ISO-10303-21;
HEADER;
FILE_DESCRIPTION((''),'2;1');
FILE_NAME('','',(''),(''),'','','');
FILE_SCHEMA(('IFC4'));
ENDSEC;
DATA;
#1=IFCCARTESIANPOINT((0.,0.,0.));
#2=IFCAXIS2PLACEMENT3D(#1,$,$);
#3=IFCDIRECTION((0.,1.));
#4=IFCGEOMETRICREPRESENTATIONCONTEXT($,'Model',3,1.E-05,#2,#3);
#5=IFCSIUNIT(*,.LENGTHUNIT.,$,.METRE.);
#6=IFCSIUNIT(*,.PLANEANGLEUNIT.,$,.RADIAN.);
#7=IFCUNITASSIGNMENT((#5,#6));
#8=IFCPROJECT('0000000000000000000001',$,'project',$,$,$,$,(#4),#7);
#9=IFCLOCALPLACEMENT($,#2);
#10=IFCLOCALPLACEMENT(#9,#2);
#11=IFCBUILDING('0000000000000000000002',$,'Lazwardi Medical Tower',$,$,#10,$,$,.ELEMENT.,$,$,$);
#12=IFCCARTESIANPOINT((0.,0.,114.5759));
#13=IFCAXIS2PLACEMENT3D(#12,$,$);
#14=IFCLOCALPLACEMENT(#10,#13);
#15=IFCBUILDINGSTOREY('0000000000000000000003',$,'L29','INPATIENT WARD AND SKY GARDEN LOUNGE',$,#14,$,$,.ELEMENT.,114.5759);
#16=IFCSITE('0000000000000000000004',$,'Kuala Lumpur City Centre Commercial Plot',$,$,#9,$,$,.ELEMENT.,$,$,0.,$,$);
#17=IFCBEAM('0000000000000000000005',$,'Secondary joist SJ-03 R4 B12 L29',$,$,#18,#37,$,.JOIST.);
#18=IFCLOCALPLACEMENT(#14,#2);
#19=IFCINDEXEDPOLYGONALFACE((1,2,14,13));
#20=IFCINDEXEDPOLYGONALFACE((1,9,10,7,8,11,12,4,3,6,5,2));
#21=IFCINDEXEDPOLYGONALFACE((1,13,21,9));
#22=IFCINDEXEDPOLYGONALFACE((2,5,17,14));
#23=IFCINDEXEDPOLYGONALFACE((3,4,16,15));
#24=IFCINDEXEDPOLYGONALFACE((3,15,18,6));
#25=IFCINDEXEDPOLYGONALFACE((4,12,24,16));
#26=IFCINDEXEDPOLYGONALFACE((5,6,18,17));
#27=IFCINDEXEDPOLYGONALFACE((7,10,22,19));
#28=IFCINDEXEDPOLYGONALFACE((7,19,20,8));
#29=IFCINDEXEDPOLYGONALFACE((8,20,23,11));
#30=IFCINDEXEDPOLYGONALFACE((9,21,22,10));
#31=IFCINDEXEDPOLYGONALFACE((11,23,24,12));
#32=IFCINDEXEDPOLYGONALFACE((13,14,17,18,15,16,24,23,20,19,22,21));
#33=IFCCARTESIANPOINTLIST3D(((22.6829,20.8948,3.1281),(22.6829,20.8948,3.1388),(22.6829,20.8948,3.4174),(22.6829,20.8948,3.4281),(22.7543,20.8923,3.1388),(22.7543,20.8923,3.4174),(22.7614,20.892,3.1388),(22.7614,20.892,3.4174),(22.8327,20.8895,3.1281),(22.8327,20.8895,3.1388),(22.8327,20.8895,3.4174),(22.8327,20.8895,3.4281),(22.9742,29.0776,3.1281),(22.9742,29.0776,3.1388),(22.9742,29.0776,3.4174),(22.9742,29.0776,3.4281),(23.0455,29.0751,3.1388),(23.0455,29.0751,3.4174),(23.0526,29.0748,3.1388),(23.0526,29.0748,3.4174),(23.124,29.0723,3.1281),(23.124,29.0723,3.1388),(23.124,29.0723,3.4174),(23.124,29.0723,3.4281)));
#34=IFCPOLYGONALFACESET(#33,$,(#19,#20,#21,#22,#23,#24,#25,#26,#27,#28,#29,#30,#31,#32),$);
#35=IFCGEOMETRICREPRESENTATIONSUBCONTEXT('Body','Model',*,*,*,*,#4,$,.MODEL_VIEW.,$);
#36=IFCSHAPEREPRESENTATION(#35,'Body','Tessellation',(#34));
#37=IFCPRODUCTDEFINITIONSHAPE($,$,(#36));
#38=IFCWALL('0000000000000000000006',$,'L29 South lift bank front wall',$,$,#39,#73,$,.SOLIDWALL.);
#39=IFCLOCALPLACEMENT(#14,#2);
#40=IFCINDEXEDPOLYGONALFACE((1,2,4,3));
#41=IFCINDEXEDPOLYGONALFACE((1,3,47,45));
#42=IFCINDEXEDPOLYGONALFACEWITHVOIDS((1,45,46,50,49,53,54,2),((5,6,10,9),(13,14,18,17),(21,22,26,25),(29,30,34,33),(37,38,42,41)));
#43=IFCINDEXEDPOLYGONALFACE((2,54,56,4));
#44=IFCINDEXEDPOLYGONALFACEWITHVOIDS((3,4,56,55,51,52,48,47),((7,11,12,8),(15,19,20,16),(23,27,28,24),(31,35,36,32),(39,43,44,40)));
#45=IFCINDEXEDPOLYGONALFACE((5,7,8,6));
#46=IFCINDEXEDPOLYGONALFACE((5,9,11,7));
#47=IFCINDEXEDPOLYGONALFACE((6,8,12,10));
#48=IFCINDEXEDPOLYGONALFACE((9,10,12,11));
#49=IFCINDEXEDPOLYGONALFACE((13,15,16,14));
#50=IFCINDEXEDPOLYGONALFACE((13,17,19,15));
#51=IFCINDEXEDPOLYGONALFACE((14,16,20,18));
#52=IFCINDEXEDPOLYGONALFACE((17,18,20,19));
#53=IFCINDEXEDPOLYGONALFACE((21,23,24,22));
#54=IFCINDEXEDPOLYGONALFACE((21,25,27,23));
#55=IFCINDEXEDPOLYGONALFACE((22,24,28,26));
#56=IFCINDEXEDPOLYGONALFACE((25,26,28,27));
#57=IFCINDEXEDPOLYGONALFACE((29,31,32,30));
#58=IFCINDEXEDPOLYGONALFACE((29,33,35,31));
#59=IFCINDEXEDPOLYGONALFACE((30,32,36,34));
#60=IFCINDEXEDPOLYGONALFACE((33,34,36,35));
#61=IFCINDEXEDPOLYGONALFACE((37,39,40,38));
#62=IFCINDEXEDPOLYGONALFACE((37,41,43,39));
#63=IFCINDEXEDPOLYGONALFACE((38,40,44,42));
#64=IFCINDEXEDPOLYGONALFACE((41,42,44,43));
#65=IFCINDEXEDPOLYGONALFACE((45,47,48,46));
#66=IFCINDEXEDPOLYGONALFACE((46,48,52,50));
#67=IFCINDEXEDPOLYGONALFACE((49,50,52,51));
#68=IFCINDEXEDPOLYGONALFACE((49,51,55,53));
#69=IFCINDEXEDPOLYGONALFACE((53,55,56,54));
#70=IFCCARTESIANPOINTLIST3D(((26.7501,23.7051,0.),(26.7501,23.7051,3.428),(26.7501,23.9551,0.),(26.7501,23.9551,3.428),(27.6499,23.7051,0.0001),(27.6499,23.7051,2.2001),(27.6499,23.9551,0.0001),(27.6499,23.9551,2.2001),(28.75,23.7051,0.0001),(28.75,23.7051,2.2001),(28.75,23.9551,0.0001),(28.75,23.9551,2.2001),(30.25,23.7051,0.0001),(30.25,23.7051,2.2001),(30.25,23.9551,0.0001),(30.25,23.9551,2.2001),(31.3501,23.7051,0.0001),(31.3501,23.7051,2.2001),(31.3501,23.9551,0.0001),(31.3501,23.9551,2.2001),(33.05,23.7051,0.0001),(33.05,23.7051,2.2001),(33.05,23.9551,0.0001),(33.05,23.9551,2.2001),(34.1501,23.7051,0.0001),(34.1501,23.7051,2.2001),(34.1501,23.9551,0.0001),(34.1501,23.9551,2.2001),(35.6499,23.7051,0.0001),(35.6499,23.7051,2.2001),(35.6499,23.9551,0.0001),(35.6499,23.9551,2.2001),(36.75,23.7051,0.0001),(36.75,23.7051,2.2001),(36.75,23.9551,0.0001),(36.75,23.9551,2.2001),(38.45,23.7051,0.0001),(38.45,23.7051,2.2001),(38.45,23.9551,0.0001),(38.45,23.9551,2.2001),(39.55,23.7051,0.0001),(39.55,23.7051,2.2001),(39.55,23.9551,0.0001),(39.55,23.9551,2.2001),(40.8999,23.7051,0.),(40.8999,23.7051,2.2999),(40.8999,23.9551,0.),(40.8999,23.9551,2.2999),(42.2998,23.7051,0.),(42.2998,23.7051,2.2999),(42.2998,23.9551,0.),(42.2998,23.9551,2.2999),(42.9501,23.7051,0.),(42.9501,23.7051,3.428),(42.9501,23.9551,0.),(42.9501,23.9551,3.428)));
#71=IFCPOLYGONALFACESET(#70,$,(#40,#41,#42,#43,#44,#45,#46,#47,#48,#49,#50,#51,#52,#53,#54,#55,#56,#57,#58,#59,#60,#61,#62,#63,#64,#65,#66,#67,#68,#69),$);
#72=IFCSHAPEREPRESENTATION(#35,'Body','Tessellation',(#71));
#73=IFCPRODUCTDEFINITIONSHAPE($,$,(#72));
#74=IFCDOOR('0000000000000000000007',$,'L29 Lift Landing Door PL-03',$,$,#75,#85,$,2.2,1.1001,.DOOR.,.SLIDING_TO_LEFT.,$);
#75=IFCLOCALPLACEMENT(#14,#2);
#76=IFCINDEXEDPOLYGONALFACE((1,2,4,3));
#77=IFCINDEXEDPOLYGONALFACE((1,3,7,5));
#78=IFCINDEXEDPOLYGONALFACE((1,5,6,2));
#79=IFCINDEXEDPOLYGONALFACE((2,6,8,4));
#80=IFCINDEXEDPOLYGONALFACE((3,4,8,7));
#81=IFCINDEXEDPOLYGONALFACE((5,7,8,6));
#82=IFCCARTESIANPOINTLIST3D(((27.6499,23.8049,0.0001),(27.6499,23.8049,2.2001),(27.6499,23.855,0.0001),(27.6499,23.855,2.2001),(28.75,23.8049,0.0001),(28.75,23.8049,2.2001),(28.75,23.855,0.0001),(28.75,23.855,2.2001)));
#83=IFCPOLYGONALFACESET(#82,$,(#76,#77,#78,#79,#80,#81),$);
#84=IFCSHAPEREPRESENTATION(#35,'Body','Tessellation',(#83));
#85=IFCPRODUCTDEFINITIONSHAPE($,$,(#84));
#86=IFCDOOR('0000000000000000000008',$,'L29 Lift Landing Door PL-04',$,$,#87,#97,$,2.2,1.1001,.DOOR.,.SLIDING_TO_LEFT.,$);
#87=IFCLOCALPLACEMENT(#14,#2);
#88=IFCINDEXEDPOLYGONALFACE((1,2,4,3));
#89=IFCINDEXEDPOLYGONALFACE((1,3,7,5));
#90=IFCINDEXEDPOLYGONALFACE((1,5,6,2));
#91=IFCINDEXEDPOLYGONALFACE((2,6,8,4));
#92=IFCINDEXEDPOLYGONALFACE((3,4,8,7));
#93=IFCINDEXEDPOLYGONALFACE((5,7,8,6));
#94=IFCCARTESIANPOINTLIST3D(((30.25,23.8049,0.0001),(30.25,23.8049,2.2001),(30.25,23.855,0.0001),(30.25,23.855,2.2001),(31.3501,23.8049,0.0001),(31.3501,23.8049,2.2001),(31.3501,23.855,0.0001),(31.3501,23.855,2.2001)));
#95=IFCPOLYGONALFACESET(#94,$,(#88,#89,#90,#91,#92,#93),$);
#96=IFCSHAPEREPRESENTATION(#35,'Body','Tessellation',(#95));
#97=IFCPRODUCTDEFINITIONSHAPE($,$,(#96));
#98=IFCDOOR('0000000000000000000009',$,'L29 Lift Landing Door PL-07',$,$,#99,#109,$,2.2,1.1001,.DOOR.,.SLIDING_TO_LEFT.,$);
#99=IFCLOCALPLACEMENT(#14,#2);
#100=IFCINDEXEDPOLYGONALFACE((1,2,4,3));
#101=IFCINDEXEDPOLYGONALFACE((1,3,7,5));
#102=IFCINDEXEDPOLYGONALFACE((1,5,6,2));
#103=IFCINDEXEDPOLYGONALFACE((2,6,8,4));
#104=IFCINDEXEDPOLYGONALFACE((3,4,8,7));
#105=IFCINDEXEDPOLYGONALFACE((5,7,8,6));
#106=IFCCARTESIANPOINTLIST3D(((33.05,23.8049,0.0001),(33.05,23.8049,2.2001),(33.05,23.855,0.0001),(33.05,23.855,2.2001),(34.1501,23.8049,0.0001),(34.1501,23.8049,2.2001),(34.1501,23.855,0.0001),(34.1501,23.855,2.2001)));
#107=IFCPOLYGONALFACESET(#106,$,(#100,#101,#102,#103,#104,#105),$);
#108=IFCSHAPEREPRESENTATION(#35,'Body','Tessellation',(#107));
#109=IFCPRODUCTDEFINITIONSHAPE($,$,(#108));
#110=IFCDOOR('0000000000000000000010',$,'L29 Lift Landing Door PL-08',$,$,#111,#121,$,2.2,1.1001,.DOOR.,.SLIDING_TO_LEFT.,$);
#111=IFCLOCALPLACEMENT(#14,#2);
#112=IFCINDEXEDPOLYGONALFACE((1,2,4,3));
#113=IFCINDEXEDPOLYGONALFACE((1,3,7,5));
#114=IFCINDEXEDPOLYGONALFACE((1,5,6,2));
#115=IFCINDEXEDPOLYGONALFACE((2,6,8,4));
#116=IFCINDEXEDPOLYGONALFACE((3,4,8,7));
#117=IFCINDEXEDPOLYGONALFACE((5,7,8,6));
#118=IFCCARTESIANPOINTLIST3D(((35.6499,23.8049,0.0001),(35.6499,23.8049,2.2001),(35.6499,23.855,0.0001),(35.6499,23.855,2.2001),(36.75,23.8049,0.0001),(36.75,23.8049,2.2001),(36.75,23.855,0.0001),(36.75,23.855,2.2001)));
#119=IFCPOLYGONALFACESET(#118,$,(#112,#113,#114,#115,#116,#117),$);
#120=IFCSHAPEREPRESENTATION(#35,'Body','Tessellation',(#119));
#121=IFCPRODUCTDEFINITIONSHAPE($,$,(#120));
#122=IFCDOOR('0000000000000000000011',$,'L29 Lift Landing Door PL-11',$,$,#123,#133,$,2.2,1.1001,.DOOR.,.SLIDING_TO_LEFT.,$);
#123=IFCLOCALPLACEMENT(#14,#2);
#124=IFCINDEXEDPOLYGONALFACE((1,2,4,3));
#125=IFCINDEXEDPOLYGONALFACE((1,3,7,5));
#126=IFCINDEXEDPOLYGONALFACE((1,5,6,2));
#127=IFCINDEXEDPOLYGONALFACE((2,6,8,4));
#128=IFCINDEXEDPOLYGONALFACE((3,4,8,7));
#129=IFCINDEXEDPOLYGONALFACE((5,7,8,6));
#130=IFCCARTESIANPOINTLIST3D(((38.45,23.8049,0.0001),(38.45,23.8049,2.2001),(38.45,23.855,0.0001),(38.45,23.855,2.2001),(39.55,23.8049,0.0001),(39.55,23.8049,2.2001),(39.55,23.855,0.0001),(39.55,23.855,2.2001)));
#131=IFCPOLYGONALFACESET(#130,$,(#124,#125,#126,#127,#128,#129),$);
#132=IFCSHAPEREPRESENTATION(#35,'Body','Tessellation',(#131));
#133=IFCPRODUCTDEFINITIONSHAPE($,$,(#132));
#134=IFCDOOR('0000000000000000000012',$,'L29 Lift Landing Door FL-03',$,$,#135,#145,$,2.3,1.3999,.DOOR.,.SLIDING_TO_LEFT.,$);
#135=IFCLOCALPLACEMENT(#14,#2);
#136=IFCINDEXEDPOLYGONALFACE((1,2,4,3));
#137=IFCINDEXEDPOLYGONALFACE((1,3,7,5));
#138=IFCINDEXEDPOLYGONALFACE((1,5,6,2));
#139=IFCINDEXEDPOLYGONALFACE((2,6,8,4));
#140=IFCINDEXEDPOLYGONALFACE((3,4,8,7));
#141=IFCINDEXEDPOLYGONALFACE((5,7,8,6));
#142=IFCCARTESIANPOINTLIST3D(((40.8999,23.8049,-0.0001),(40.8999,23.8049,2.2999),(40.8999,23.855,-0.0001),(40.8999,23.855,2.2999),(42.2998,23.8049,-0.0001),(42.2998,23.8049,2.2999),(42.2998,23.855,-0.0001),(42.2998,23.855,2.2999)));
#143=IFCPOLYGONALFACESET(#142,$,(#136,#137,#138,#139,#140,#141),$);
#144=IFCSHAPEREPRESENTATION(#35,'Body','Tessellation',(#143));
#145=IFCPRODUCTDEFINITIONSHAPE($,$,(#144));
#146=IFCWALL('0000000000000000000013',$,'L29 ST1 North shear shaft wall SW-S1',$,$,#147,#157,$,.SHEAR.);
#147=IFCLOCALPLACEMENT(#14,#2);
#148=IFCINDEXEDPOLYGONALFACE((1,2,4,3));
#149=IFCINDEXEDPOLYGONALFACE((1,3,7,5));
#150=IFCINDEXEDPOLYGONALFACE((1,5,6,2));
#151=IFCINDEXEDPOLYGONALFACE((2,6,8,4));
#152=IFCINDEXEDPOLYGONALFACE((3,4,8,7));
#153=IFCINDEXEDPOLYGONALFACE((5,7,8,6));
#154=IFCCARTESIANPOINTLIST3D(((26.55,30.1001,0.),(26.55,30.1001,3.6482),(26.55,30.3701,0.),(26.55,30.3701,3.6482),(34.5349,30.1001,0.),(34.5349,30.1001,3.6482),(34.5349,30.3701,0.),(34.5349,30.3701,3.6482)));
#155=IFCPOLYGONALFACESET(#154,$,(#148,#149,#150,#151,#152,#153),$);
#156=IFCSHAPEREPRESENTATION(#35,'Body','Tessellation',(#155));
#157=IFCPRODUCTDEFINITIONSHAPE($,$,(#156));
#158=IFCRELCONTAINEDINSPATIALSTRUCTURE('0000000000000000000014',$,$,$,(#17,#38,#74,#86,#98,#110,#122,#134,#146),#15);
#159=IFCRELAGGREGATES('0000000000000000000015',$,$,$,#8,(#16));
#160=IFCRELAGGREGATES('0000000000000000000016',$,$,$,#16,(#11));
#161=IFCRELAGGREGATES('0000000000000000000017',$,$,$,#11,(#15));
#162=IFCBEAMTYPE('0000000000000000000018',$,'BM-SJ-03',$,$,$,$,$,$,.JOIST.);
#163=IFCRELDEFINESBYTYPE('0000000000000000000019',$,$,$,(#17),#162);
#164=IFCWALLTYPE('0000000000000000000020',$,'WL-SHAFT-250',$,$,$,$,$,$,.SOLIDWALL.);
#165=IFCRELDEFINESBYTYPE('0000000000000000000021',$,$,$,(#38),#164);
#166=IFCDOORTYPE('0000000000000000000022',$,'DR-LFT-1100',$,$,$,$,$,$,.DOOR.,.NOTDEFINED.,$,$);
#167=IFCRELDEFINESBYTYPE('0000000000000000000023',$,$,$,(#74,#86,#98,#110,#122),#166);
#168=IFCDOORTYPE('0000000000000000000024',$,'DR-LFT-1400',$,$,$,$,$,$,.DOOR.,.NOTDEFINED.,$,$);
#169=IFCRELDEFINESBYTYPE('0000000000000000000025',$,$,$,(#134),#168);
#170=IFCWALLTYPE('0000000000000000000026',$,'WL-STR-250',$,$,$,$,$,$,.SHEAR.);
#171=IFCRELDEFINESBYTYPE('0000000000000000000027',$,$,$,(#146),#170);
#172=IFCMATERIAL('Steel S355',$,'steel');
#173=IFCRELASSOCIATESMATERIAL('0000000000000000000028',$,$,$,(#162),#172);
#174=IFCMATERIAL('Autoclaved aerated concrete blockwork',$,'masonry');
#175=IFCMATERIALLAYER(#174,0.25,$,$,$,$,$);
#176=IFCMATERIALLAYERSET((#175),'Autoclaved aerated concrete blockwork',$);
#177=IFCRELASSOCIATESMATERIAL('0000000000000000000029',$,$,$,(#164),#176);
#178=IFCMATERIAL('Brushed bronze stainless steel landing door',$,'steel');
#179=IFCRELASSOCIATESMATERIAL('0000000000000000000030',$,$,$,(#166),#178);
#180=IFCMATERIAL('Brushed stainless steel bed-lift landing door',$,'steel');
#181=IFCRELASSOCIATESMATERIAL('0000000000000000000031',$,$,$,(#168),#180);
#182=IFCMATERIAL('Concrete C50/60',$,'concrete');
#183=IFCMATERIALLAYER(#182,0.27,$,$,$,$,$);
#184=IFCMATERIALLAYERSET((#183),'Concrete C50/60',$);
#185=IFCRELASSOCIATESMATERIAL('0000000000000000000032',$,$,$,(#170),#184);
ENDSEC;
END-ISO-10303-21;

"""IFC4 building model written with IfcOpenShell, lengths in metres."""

from ifc_helpers import new_model, si_unit, direction, frame, frame_2d, origin, origin_2d, place, context, subcontext, project, spatial, rectangle, i_section, extrude, material, layer, layer_set, material_profile, profile_set, type_object, element, fill, save


model = new_model("IFC4")

# Units and contexts
model_context = context("Model", 3, precision=1e-05, world=origin(), true_north=direction((0.0, 1.0)))
body_context = subcontext(model_context, "Body", "Model", "MODEL_VIEW")
ifc_project = project(units=[si_unit("LENGTHUNIT", "METRE"), si_unit("PLANEANGLEUNIT", "RADIAN")], contexts=[model_context])

# Site, building, storey
site_placement = place(None, origin())
site = spatial("IfcSite", under=ifc_project, at=site_placement, Name="Kuala Lumpur City Centre Commercial Plot", CompositionType="ELEMENT", RefElevation=0.0)
building_placement = place(site_placement, origin())
building = spatial("IfcBuilding", under=site, at=building_placement, Name="Lazwardi Medical Tower", CompositionType="ELEMENT")
storey_placement = place(building_placement, frame((0.0, 0.0, 114.5759)))
storey = spatial("IfcBuildingStorey", under=building, at=storey_placement, Name="L29", Description="INPATIENT WARD AND SKY GARDEN LOUNGE", CompositionType="ELEMENT", Elevation=114.5759)

# Beam
ifc_material_1 = material(Name="Steel S355", Category="steel")
ifc_material_profile = material_profile(ifc_material_1, i_section(OverallWidth=0.1499, OverallDepth=0.3, WebThickness=0.0071, FlangeThickness=0.0107, at=origin_2d()), Name="IPE 300")
ifc_profile_set = profile_set([ifc_material_profile], Name="Steel S355")
beam_type = type_object("IfcBeamType", Name="BM-SJ-03", PredefinedType="JOIST", material=ifc_profile_set)
beam_placement = place(storey_placement, frame((23.0491, 29.075, 3.2781), z_axis=(-0.035571, -0.999367, 0.0), x_axis=(0.999367, -0.035571, 0.0)))
element("IfcBeam", 1, at=beam_placement, inside=storey, type_object=beam_type, Name="Secondary joist SJ-03 R4 B12 L29", PredefinedType="JOIST", context=body_context, shape_type="SweptSolid", body=[
    extrude(i_section(OverallWidth=0.1499, OverallDepth=0.3, WebThickness=0.0071, FlangeThickness=0.0107, at=origin_2d()), origin(), (0.0, 0.0, 1.0), 8.188),
])

# Wall, openings, doors
ifc_material_2 = material(Name="Autoclaved aerated concrete blockwork", Category="masonry")
ifc_layer_1 = layer(ifc_material_2, 0.25)
ifc_layer_set_1 = layer_set([ifc_layer_1], Name="Autoclaved aerated concrete blockwork")
wall_type_1 = type_object("IfcWallType", Name="WL-SHAFT-250", PredefinedType="SOLIDWALL", material=ifc_layer_set_1)
wall_placement = place(storey_placement, frame((26.75, 23.8301, 0.0), z_axis=(0.0, 0.0, 1.0), x_axis=(1.0, 0.0, 0.0)))
wall = element("IfcWall", 2, at=wall_placement, inside=storey, type_object=wall_type_1, Name="L29 South lift bank front wall", PredefinedType="SOLIDWALL", context=body_context, shape_type="SweptSolid", body=[
    extrude(rectangle(XDim=16.2, YDim=0.25, at=frame_2d((8.1001, 0.0))), origin(), (0.0, 0.0, 1.0), 3.428),
])
opening_1_placement = place(wall_placement, frame((0.8999, 0.0, 0.0)))
opening_1 = element("IfcOpeningElement", 3, at=opening_1_placement, cuts=wall, PredefinedType="OPENING", context=body_context, shape_type="SweptSolid", body=[
    extrude(rectangle(XDim=1.1001, YDim=2.2, at=frame_2d((0.55, 1.1001))), frame((0.0, 0.135, 0.0), z_axis=(0.0, -1.0, 0.0), x_axis=(1.0, 0.0, 0.0)), (0.0, 0.0, 1.0), 0.27),
])
opening_2_placement = place(wall_placement, frame((3.5, 0.0, 0.0)))
opening_2 = element("IfcOpeningElement", 4, at=opening_2_placement, cuts=wall, PredefinedType="OPENING", context=body_context, shape_type="SweptSolid", body=[
    extrude(rectangle(XDim=1.1001, YDim=2.2, at=frame_2d((0.55, 1.1001))), frame((0.0, 0.135, 0.0), z_axis=(0.0, -1.0, 0.0), x_axis=(1.0, 0.0, 0.0)), (0.0, 0.0, 1.0), 0.27),
])
opening_3_placement = place(wall_placement, frame((6.3, 0.0, 0.0)))
opening_3 = element("IfcOpeningElement", 5, at=opening_3_placement, cuts=wall, PredefinedType="OPENING", context=body_context, shape_type="SweptSolid", body=[
    extrude(rectangle(XDim=1.1001, YDim=2.2, at=frame_2d((0.55, 1.1001))), frame((0.0, 0.135, 0.0), z_axis=(0.0, -1.0, 0.0), x_axis=(1.0, 0.0, 0.0)), (0.0, 0.0, 1.0), 0.27),
])
opening_4_placement = place(wall_placement, frame((8.8999, 0.0, 0.0)))
opening_4 = element("IfcOpeningElement", 6, at=opening_4_placement, cuts=wall, PredefinedType="OPENING", context=body_context, shape_type="SweptSolid", body=[
    extrude(rectangle(XDim=1.1001, YDim=2.2, at=frame_2d((0.55, 1.1001))), frame((0.0, 0.135, 0.0), z_axis=(0.0, -1.0, 0.0), x_axis=(1.0, 0.0, 0.0)), (0.0, 0.0, 1.0), 0.27),
])
opening_5_placement = place(wall_placement, frame((11.7, 0.0, 0.0)))
opening_5 = element("IfcOpeningElement", 7, at=opening_5_placement, cuts=wall, PredefinedType="OPENING", context=body_context, shape_type="SweptSolid", body=[
    extrude(rectangle(XDim=1.1001, YDim=2.2, at=frame_2d((0.55, 1.1001))), frame((0.0, 0.135, 0.0), z_axis=(0.0, -1.0, 0.0), x_axis=(1.0, 0.0, 0.0)), (0.0, 0.0, 1.0), 0.27),
])
opening_6_placement = place(wall_placement, frame((14.1499, 0.0, 0.0)))
opening_6 = element("IfcOpeningElement", 8, at=opening_6_placement, cuts=wall, PredefinedType="OPENING", context=body_context, shape_type="SweptSolid", body=[
    extrude(rectangle(XDim=1.3999, YDim=2.3, at=frame_2d((0.7, 1.1499))), frame((0.0, 0.135, 0.0), z_axis=(0.0, -1.0, 0.0), x_axis=(1.0, 0.0, 0.0)), (0.0, 0.0, 1.0), 0.27),
])
ifc_material_3 = material(Name="Brushed bronze stainless steel landing door", Category="steel")
door_type_1 = type_object("IfcDoorType", Name="DR-LFT-1100", OperationType="NOTDEFINED", PredefinedType="DOOR", material=ifc_material_3)
door_1_placement = place(opening_1_placement, origin())
door_1 = element("IfcDoor", 9, at=door_1_placement, inside=storey, type_object=door_type_1, Name="L29 Lift Landing Door PL-03", OperationType="SLIDING_TO_LEFT", OverallHeight=2.2, OverallWidth=1.1001, PredefinedType="DOOR", context=body_context, shape_type="SweptSolid", body=[
    extrude(rectangle(XDim=1.1001, YDim=2.2, at=frame_2d((0.55, 1.1001))), frame((0.0, 0.0249, 0.0), z_axis=(0.0, -1.0, 0.0), x_axis=(1.0, 0.0, 0.0)), (0.0, 0.0, 1.0), 0.05),
])
fill(opening_1, door_1)
door_2_placement = place(opening_2_placement, origin())
door_2 = element("IfcDoor", 10, at=door_2_placement, inside=storey, type_object=door_type_1, Name="L29 Lift Landing Door PL-04", OperationType="SLIDING_TO_LEFT", OverallHeight=2.2, OverallWidth=1.1001, PredefinedType="DOOR", context=body_context, shape_type="SweptSolid", body=[
    extrude(rectangle(XDim=1.1001, YDim=2.2, at=frame_2d((0.55, 1.1001))), frame((0.0, 0.0249, 0.0), z_axis=(0.0, -1.0, 0.0), x_axis=(1.0, 0.0, 0.0)), (0.0, 0.0, 1.0), 0.05),
])
fill(opening_2, door_2)
door_3_placement = place(opening_3_placement, origin())
door_3 = element("IfcDoor", 11, at=door_3_placement, inside=storey, type_object=door_type_1, Name="L29 Lift Landing Door PL-07", OperationType="SLIDING_TO_LEFT", OverallHeight=2.2, OverallWidth=1.1001, PredefinedType="DOOR", context=body_context, shape_type="SweptSolid", body=[
    extrude(rectangle(XDim=1.1001, YDim=2.2, at=frame_2d((0.55, 1.1001))), frame((0.0, 0.0249, 0.0), z_axis=(0.0, -1.0, 0.0), x_axis=(1.0, 0.0, 0.0)), (0.0, 0.0, 1.0), 0.05),
])
fill(opening_3, door_3)
door_4_placement = place(opening_4_placement, origin())
door_4 = element("IfcDoor", 12, at=door_4_placement, inside=storey, type_object=door_type_1, Name="L29 Lift Landing Door PL-08", OperationType="SLIDING_TO_LEFT", OverallHeight=2.2, OverallWidth=1.1001, PredefinedType="DOOR", context=body_context, shape_type="SweptSolid", body=[
    extrude(rectangle(XDim=1.1001, YDim=2.2, at=frame_2d((0.55, 1.1001))), frame((0.0, 0.0249, 0.0), z_axis=(0.0, -1.0, 0.0), x_axis=(1.0, 0.0, 0.0)), (0.0, 0.0, 1.0), 0.05),
])
fill(opening_4, door_4)
door_5_placement = place(opening_5_placement, origin())
door_5 = element("IfcDoor", 13, at=door_5_placement, inside=storey, type_object=door_type_1, Name="L29 Lift Landing Door PL-11", OperationType="SLIDING_TO_LEFT", OverallHeight=2.2, OverallWidth=1.1001, PredefinedType="DOOR", context=body_context, shape_type="SweptSolid", body=[
    extrude(rectangle(XDim=1.1001, YDim=2.2, at=frame_2d((0.55, 1.1001))), frame((0.0, 0.0249, 0.0), z_axis=(0.0, -1.0, 0.0), x_axis=(1.0, 0.0, 0.0)), (0.0, 0.0, 1.0), 0.05),
])
fill(opening_5, door_5)
ifc_material_4 = material(Name="Brushed stainless steel bed-lift landing door", Category="steel")
door_type_2 = type_object("IfcDoorType", Name="DR-LFT-1400", OperationType="NOTDEFINED", PredefinedType="DOOR", material=ifc_material_4)
door_6_placement = place(opening_6_placement, origin())
door_6 = element("IfcDoor", 14, at=door_6_placement, inside=storey, type_object=door_type_2, Name="L29 Lift Landing Door FL-03", OperationType="SLIDING_TO_LEFT", OverallHeight=2.3, OverallWidth=1.3999, PredefinedType="DOOR", context=body_context, shape_type="SweptSolid", body=[
    extrude(rectangle(XDim=1.3999, YDim=2.3, at=frame_2d((0.7, 1.1499))), frame((0.0, 0.0249, 0.0), z_axis=(0.0, -1.0, 0.0), x_axis=(1.0, 0.0, 0.0)), (0.0, 0.0, 1.0), 0.05),
])
fill(opening_6, door_6)

# Wall
ifc_material_5 = material(Name="Concrete C50/60", Category="concrete")
ifc_layer_2 = layer(ifc_material_5, 0.27)
ifc_layer_set_2 = layer_set([ifc_layer_2], Name="Concrete C50/60")
wall_type_2 = type_object("IfcWallType", Name="WL-STR-250", PredefinedType="SHEAR", material=ifc_layer_set_2)
for number, where, z_axis, x_axis, name in (
    (15, (26.55, 30.2351, 0.0), (0.0, 0.0, 1.0), (1.0, 0.0, 0.0), "L29 ST1 North shear shaft wall SW-S1"),
):
    element("IfcWall", number, at=place(storey_placement, frame(where, z_axis=z_axis, x_axis=x_axis)), inside=storey, type_object=wall_type_2, Name=name, PredefinedType="SHEAR", context=body_context, shape_type="SweptSolid", body=[
        extrude(rectangle(XDim=7.9849, YDim=0.27, at=frame_2d((3.9924, 0.0))), origin(), (0.0, 0.0, 1.0), 3.6482),
    ])

save(model, "model.ifc")
